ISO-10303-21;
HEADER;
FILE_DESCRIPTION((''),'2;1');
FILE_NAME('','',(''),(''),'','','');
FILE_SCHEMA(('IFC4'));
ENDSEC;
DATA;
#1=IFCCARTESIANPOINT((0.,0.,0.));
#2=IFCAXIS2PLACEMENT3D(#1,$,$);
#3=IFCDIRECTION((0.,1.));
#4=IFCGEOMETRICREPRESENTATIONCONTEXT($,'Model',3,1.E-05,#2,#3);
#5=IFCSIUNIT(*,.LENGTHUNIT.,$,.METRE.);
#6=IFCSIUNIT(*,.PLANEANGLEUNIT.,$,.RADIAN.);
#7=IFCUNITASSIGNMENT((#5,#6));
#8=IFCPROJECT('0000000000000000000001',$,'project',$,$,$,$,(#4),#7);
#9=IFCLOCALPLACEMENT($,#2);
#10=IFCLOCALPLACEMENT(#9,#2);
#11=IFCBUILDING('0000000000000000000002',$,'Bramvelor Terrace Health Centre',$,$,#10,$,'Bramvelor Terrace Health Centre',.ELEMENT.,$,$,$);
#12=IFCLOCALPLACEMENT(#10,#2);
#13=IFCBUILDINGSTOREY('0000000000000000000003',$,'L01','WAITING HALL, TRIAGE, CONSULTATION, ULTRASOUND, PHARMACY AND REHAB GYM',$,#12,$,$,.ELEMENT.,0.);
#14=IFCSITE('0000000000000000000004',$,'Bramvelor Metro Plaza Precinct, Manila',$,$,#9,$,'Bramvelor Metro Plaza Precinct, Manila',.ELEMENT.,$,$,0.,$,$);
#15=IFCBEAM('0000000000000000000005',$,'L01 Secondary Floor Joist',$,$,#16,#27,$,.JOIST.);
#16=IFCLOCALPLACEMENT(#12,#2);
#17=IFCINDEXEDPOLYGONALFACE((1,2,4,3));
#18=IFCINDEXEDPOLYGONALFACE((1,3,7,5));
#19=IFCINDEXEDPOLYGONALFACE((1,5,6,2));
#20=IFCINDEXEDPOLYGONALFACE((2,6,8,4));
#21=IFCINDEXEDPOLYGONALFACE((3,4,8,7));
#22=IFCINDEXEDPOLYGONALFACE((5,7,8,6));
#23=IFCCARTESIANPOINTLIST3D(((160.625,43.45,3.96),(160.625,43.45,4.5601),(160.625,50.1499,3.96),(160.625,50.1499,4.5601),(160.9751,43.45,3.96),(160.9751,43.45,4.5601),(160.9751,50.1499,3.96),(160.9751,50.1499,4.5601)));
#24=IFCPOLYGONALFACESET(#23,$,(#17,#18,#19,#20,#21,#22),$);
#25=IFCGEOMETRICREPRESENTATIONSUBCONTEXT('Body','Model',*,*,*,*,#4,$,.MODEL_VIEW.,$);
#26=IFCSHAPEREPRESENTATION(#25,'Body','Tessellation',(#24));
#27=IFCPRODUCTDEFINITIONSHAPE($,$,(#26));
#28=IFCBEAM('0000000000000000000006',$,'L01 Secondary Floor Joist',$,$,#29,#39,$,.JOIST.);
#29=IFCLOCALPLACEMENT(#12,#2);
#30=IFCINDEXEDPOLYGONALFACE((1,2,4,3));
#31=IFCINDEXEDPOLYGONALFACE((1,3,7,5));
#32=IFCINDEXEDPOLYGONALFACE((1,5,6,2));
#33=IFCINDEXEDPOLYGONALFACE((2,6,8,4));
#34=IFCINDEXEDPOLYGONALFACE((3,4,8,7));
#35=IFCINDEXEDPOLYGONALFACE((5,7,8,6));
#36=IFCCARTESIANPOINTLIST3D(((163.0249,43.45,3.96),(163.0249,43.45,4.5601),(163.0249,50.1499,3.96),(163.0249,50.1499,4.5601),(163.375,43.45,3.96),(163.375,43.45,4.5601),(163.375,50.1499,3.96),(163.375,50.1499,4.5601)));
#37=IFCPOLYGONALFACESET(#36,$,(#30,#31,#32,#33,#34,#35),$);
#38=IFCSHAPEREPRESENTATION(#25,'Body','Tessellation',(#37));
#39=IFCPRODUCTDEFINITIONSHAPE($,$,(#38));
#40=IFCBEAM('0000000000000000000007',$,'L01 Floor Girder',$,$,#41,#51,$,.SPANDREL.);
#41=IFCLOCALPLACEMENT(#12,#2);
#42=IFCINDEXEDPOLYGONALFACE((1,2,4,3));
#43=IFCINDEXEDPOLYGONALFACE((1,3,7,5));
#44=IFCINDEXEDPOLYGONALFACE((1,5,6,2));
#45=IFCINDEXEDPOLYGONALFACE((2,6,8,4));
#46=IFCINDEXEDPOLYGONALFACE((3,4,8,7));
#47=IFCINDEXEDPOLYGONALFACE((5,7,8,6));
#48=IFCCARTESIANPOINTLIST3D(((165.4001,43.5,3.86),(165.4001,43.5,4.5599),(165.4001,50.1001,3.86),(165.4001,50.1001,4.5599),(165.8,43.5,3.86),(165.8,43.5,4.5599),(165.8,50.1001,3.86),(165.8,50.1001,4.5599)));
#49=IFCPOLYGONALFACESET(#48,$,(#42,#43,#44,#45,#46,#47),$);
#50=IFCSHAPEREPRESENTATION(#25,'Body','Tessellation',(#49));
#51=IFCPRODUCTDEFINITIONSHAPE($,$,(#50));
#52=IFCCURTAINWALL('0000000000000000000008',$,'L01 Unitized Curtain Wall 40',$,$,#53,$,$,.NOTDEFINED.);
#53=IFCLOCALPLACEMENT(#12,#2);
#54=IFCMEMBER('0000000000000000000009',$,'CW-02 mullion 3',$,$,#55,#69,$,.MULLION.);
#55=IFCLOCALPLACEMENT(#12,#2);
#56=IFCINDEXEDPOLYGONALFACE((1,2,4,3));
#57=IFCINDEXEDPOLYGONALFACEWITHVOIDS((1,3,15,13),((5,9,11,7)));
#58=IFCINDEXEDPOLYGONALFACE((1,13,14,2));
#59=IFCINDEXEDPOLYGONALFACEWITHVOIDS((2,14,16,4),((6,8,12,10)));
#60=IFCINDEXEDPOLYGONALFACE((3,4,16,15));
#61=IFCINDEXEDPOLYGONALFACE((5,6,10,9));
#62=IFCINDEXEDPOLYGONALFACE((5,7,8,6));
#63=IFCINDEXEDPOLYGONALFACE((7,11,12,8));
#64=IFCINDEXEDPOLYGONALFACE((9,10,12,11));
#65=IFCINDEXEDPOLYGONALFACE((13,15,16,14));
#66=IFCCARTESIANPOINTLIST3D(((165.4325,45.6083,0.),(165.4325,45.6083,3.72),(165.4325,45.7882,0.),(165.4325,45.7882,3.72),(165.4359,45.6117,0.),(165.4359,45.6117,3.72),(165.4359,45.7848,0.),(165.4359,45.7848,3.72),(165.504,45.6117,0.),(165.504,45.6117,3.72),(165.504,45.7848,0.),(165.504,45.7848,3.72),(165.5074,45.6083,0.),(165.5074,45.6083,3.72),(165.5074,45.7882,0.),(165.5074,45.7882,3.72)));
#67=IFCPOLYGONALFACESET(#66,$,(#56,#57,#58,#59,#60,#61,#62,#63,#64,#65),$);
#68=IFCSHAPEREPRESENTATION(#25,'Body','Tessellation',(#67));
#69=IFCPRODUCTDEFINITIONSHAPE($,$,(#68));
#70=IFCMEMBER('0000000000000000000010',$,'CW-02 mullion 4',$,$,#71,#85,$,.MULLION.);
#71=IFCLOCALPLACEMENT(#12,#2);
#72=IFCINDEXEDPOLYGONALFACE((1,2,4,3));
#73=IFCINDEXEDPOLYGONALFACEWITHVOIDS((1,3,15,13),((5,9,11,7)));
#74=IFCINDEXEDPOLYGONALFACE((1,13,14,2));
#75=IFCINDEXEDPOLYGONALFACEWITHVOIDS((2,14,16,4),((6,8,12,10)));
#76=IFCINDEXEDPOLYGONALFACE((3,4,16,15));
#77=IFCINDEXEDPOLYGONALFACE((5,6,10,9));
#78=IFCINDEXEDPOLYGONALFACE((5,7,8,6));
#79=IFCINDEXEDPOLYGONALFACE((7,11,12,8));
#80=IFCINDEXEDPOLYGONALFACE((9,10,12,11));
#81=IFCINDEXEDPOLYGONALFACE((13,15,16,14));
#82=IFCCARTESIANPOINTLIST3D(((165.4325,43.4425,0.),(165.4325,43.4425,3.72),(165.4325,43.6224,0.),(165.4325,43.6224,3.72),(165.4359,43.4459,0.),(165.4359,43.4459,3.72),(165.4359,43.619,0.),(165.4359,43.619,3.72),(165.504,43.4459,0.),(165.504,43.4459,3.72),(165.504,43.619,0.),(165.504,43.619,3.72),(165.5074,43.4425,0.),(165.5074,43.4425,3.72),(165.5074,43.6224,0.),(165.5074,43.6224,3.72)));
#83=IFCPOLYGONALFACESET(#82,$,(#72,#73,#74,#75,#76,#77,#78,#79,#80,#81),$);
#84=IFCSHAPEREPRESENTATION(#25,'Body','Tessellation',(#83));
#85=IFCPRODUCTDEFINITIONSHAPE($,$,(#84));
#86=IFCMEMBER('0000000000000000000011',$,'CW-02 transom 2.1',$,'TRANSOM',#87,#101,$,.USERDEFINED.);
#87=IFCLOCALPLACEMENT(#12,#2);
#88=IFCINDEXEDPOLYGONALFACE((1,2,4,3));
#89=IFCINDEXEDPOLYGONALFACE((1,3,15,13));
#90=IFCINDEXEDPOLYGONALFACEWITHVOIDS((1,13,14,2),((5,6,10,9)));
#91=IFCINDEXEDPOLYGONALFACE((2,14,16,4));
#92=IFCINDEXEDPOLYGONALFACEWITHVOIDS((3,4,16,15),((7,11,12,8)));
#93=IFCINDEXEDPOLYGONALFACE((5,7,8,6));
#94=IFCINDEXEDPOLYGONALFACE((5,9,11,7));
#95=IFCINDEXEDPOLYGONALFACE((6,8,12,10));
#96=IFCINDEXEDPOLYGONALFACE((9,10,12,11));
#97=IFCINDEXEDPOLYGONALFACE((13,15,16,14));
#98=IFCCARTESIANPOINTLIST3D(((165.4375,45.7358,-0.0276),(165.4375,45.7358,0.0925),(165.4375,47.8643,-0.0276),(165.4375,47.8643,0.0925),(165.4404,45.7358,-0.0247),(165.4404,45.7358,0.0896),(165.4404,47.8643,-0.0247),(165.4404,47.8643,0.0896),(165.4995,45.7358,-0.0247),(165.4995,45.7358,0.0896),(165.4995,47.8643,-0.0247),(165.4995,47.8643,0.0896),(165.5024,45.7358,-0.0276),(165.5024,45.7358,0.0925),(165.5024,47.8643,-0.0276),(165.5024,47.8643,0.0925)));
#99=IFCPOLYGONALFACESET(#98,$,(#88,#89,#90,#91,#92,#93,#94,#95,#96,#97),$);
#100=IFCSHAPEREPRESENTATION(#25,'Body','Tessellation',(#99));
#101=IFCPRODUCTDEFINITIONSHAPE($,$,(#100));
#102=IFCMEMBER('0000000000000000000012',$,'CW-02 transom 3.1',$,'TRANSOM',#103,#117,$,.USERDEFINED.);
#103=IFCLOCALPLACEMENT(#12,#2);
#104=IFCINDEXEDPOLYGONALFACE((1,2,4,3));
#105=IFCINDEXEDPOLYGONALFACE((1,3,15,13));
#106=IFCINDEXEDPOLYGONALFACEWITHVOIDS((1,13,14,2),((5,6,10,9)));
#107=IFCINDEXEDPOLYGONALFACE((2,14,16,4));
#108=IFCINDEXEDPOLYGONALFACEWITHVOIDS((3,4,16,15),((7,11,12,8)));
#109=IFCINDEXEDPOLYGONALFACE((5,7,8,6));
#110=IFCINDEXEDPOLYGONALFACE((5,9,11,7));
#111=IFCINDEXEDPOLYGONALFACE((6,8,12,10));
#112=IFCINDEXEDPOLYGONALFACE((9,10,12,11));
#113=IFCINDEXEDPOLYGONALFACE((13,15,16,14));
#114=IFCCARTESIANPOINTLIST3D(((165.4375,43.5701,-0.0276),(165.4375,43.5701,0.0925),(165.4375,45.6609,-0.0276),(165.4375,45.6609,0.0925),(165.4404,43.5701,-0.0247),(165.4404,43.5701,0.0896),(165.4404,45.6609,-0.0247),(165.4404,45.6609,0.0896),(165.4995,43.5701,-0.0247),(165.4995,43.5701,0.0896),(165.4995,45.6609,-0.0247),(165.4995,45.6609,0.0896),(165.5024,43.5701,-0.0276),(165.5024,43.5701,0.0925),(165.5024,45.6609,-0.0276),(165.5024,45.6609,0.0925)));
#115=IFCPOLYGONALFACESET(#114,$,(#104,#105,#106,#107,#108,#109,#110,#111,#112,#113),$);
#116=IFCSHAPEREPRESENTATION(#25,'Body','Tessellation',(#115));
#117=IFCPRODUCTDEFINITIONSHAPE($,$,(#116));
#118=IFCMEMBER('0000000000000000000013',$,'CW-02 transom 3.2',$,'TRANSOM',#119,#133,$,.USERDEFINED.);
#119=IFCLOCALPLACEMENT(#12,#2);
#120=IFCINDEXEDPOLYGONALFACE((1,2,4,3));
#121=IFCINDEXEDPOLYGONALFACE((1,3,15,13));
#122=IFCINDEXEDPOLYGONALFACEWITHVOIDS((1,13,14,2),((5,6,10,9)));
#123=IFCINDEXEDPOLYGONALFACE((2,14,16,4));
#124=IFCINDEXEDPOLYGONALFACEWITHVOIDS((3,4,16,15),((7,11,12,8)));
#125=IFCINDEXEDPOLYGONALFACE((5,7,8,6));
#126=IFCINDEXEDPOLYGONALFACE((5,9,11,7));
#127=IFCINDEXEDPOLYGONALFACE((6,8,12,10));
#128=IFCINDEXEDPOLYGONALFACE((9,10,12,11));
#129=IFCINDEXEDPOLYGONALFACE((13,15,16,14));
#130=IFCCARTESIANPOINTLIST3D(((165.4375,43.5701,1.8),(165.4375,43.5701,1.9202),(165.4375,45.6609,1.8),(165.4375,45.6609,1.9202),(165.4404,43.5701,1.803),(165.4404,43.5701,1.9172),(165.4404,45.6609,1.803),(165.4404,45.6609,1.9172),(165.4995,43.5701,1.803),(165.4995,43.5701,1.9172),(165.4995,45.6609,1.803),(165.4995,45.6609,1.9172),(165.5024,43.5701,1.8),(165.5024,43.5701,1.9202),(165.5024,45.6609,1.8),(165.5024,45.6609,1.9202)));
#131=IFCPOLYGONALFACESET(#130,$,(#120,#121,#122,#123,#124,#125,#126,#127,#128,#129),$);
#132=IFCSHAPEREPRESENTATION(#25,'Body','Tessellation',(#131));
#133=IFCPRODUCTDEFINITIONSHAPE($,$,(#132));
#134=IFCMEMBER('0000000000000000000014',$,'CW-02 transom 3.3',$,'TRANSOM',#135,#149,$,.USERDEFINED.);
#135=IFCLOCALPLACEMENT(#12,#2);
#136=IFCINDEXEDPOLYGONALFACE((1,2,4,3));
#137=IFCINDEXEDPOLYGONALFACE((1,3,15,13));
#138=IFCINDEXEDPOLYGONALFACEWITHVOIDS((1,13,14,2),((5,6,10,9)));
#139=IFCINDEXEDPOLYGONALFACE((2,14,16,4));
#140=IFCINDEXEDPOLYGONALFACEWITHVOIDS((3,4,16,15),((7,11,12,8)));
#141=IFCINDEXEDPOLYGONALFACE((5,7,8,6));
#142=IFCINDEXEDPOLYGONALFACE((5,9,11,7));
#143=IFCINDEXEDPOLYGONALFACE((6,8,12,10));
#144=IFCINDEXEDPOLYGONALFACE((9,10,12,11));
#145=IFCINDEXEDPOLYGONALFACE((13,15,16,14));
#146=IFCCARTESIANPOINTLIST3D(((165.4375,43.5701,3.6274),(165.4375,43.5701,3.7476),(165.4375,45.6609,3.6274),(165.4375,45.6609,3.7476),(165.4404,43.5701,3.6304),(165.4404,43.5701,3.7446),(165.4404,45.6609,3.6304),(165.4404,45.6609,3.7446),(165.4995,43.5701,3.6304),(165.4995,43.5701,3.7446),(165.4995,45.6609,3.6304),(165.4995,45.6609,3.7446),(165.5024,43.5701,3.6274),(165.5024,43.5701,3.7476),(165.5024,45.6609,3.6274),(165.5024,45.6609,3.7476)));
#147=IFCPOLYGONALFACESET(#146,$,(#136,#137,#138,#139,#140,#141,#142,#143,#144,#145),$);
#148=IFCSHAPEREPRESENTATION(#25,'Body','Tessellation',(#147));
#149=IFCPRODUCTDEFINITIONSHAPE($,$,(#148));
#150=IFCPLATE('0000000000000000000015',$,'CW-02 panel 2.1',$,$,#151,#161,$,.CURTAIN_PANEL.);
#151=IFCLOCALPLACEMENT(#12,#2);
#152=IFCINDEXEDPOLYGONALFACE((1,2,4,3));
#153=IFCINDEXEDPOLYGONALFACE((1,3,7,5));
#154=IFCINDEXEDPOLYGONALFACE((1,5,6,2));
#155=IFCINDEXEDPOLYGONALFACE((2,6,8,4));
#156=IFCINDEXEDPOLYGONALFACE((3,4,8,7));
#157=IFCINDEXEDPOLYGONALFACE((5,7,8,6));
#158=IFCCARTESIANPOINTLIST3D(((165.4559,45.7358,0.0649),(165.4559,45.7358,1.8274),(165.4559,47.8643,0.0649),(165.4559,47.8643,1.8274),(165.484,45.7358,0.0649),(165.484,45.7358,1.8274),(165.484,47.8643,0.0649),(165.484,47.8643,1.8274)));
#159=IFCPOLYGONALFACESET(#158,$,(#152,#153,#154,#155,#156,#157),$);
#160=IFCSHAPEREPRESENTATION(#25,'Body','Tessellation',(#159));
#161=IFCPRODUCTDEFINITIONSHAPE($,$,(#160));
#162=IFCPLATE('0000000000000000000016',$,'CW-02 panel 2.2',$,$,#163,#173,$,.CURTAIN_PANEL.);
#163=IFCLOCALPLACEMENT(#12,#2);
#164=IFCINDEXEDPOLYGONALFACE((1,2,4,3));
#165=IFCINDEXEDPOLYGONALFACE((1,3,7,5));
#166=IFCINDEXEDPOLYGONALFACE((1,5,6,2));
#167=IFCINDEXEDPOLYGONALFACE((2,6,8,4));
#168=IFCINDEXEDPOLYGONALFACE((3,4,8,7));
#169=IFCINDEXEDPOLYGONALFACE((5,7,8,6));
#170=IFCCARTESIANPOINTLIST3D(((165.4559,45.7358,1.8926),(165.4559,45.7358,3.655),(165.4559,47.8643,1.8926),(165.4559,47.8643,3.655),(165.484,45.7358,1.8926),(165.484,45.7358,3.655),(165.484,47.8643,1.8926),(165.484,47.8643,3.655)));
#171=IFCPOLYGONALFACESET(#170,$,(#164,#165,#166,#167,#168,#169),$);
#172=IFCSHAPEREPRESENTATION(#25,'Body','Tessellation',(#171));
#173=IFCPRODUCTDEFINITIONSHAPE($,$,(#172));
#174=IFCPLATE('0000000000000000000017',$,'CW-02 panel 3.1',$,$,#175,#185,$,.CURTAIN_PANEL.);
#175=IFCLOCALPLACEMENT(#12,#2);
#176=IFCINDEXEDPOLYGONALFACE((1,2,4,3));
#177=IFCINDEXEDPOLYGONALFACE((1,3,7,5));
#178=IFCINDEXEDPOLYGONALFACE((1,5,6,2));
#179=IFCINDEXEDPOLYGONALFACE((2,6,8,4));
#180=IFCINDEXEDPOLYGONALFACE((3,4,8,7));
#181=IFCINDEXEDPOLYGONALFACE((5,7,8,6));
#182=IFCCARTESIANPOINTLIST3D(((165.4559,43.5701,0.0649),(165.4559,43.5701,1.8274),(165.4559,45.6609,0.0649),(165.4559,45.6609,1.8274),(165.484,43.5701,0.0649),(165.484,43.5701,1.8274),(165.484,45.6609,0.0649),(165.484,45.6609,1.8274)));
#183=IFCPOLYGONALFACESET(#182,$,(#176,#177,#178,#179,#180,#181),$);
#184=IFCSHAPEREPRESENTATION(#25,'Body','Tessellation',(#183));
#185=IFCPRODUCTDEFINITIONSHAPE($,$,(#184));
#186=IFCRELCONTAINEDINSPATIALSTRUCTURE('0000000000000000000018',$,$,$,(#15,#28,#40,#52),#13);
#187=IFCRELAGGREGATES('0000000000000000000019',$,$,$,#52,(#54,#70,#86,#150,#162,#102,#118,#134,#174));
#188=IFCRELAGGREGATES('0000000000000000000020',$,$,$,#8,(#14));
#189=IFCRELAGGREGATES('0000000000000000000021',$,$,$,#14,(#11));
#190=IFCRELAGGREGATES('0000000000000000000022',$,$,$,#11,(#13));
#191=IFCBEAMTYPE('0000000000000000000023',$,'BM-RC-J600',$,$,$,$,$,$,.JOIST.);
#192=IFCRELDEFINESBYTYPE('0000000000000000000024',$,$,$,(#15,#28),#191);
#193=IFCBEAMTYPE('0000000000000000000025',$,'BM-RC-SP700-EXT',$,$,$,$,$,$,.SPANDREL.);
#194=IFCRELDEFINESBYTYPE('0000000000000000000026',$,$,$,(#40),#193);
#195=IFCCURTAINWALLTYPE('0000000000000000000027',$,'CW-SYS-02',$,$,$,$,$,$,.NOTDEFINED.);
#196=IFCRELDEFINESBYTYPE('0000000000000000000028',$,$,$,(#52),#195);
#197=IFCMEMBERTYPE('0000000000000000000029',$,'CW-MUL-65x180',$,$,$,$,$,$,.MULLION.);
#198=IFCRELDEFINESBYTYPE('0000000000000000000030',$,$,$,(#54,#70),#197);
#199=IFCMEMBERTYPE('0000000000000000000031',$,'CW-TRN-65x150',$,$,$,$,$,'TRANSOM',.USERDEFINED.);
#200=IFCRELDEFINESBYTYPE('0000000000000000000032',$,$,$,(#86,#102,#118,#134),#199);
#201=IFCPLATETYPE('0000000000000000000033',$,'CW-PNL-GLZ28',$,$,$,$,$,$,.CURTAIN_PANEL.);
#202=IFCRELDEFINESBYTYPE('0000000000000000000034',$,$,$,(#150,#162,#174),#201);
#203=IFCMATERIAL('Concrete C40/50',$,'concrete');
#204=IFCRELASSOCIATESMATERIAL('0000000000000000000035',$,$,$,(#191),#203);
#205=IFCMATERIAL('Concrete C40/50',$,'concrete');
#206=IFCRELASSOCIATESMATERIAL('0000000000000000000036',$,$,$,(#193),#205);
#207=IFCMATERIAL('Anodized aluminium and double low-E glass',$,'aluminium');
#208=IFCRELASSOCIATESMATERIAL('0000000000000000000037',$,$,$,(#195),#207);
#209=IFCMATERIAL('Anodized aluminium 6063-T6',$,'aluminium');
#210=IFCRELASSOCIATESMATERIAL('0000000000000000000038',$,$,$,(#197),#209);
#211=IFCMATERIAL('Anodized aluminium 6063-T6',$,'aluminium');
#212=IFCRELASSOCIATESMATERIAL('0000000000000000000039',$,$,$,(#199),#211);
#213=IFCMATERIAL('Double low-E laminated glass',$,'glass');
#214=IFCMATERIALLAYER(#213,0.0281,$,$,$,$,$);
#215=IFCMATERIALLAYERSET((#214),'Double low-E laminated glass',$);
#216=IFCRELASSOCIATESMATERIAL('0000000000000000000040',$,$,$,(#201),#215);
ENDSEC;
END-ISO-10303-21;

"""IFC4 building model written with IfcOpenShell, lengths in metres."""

from ifc_helpers import new_model, si_unit, direction, frame, origin, origin_2d, place, context, subcontext, project, spatial, rectangle, hollow_rectangle, extrude, material, layer, layer_set, material_profile, profile_set, type_object, element, aggregate, save


model = new_model("IFC4")

# Units and contexts
model_context = context("Model", 3, precision=1e-05, world=origin(), true_north=direction((0.0, 1.0)))
body_context = subcontext(model_context, "Body", "Model", "MODEL_VIEW")
ifc_project = project(units=[si_unit("LENGTHUNIT", "METRE"), si_unit("PLANEANGLEUNIT", "RADIAN")], contexts=[model_context])

# Site, building, storey
site_placement = place(None, origin())
site = spatial("IfcSite", under=ifc_project, at=site_placement, Name="Bramvelor Metro Plaza Precinct, Manila", LongName="Bramvelor Metro Plaza Precinct, Manila", CompositionType="ELEMENT", RefElevation=0.0)
building_placement = place(site_placement, origin())
building = spatial("IfcBuilding", under=site, at=building_placement, Name="Bramvelor Terrace Health Centre", LongName="Bramvelor Terrace Health Centre", CompositionType="ELEMENT")
storey_placement = place(building_placement, origin())
storey = spatial("IfcBuildingStorey", under=building, at=storey_placement, Name="L01", Description="WAITING HALL, TRIAGE, CONSULTATION, ULTRASOUND, PHARMACY AND REHAB GYM", CompositionType="ELEMENT", Elevation=0.0)

# Beams
ifc_material_1 = material(Name="Concrete C40/50", Category="concrete")
ifc_material_profile_1 = material_profile(ifc_material_1, rectangle(XDim=0.3501, YDim=0.6001, at=origin_2d()), Name="RC 350x600")
ifc_profile_set_1 = profile_set([ifc_material_profile_1], Name="Concrete C40/50")
beam_type_1 = type_object("IfcBeamType", Name="BM-RC-J600", PredefinedType="JOIST", material=ifc_profile_set_1)
for number, where, z_axis, x_axis, name in (
    (1, (160.8, 43.45, 4.26), (0.0, 1.0, 0.0), (-1.0, 0.0, 0.0), "L01 Secondary Floor Joist"),
    (2, (163.2, 43.45, 4.26), (0.0, 1.0, 0.0), (-1.0, 0.0, 0.0), "L01 Secondary Floor Joist"),
):
    element("IfcBeam", number, at=place(storey_placement, frame(where, z_axis=z_axis, x_axis=x_axis)), inside=storey, type_object=beam_type_1, Name=name, PredefinedType="JOIST", context=body_context, shape_type="SweptSolid", body=[
        extrude(rectangle(XDim=0.3501, YDim=0.6001, at=origin_2d()), origin(), (0.0, 0.0, 1.0), 6.7),
    ])
ifc_material_2 = material(Name="Concrete C40/50", Category="concrete")
ifc_material_profile_2 = material_profile(ifc_material_2, rectangle(XDim=0.3999, YDim=0.7, at=origin_2d()), Name="RC 400x700")
ifc_profile_set_2 = profile_set([ifc_material_profile_2], Name="Concrete C40/50")
beam_type_2 = type_object("IfcBeamType", Name="BM-RC-SP700-EXT", PredefinedType="SPANDREL", material=ifc_profile_set_2)
beam_1_placement = place(storey_placement, frame((165.6001, 43.5, 4.21), z_axis=(0.0, 1.0, 0.0), x_axis=(-1.0, 0.0, 0.0)))
element("IfcBeam", 3, at=beam_1_placement, inside=storey, type_object=beam_type_2, Name="L01 Floor Girder", PredefinedType="SPANDREL", context=body_context, shape_type="SweptSolid", body=[
    extrude(rectangle(XDim=0.3999, YDim=0.7, at=origin_2d()), origin(), (0.0, 0.0, 1.0), 6.6001),
])

# Curtain wall, members, plates
ifc_material_3 = material(Name="Anodized aluminium and double low-E glass", Category="aluminium")
curtain_wall_type = type_object("IfcCurtainWallType", Name="CW-SYS-02", PredefinedType="NOTDEFINED", material=ifc_material_3)
curtain_wall_placement = place(storey_placement, origin())
curtain_wall = element("IfcCurtainWall", 4, at=curtain_wall_placement, inside=storey, type_object=curtain_wall_type, Name="L01 Unitized Curtain Wall 40", PredefinedType="NOTDEFINED")
ifc_material_4 = material(Name="Anodized aluminium 6063-T6", Category="aluminium")
ifc_material_profile_3 = material_profile(ifc_material_4, hollow_rectangle(XDim=0.075, YDim=0.1799, WallThickness=0.0034, at=origin_2d()), Name="ALU-MUL 75x180x3.5")
ifc_profile_set_3 = profile_set([ifc_material_profile_3], Name="Anodized aluminium 6063-T6")
member_type_1 = type_object("IfcMemberType", Name="CW-MUL-65x180", PredefinedType="MULLION", material=ifc_profile_set_3)
member_1_placement = place(storey_placement, frame((165.47, 45.6982, 0.0), z_axis=(0.0, 0.0, 1.0), x_axis=(1.0, 0.0, 0.0)))
member_1 = element("IfcMember", 5, at=member_1_placement, type_object=member_type_1, Name="CW-02 mullion 3", PredefinedType="MULLION", context=body_context, shape_type="SweptSolid", body=[
    extrude(hollow_rectangle(XDim=0.075, YDim=0.1799, WallThickness=0.0034, at=origin_2d()), origin(), (0.0, 0.0, 1.0), 3.72),
])
member_2_placement = place(storey_placement, frame((165.47, 43.5325, 0.0), z_axis=(0.0, 0.0, 1.0), x_axis=(1.0, 0.0, 0.0)))
member_2 = element("IfcMember", 6, at=member_2_placement, type_object=member_type_1, Name="CW-02 mullion 4", PredefinedType="MULLION", context=body_context, shape_type="SweptSolid", body=[
    extrude(hollow_rectangle(XDim=0.075, YDim=0.1799, WallThickness=0.0034, at=origin_2d()), origin(), (0.0, 0.0, 1.0), 3.72),
])
ifc_material_5 = material(Name="Anodized aluminium 6063-T6", Category="aluminium")
ifc_material_profile_4 = material_profile(ifc_material_5, hollow_rectangle(XDim=0.0649, YDim=0.1201, WallThickness=0.0029, at=origin_2d()), Name="ALU-TRN 65x120x3.0")
ifc_profile_set_4 = profile_set([ifc_material_profile_4], Name="Anodized aluminium 6063-T6")
member_type_2 = type_object("IfcMemberType", Name="CW-TRN-65x150", ElementType="TRANSOM", PredefinedType="USERDEFINED", material=ifc_profile_set_4)
member_3_placement = place(storey_placement, frame((165.47, 47.8643, 0.0325), z_axis=(0.0, -1.0, 0.0), x_axis=(1.0, 0.0, 0.0)))
member_3 = element("IfcMember", 7, at=member_3_placement, type_object=member_type_2, Name="CW-02 transom 2.1", ObjectType="TRANSOM", PredefinedType="USERDEFINED", context=body_context, shape_type="SweptSolid", body=[
    extrude(hollow_rectangle(XDim=0.0649, YDim=0.1201, WallThickness=0.0029, at=origin_2d()), origin(), (0.0, 0.0, 1.0), 2.1284),
])
member_4_placement = place(storey_placement, frame((165.47, 45.6609, 0.0325), z_axis=(0.0, -1.0, 0.0), x_axis=(1.0, 0.0, 0.0)))
member_4 = element("IfcMember", 8, at=member_4_placement, type_object=member_type_2, Name="CW-02 transom 3.1", ObjectType="TRANSOM", PredefinedType="USERDEFINED", context=body_context, shape_type="SweptSolid", body=[
    extrude(hollow_rectangle(XDim=0.0649, YDim=0.1201, WallThickness=0.0029, at=origin_2d()), origin(), (0.0, 0.0, 1.0), 2.0908),
])
member_5_placement = place(storey_placement, frame((165.47, 45.6609, 1.8601), z_axis=(0.0, -1.0, 0.0), x_axis=(1.0, 0.0, 0.0)))
member_5 = element("IfcMember", 9, at=member_5_placement, type_object=member_type_2, Name="CW-02 transom 3.2", ObjectType="TRANSOM", PredefinedType="USERDEFINED", context=body_context, shape_type="SweptSolid", body=[
    extrude(hollow_rectangle(XDim=0.0649, YDim=0.1201, WallThickness=0.0029, at=origin_2d()), origin(), (0.0, 0.0, 1.0), 2.0908),
])
member_6_placement = place(storey_placement, frame((165.47, 45.6609, 3.6875), z_axis=(0.0, -1.0, 0.0), x_axis=(1.0, 0.0, 0.0)))
member_6 = element("IfcMember", 10, at=member_6_placement, type_object=member_type_2, Name="CW-02 transom 3.3", ObjectType="TRANSOM", PredefinedType="USERDEFINED", context=body_context, shape_type="SweptSolid", body=[
    extrude(hollow_rectangle(XDim=0.0649, YDim=0.1201, WallThickness=0.0029, at=origin_2d()), origin(), (0.0, 0.0, 1.0), 2.0908),
])
ifc_material_6 = material(Name="Double low-E laminated glass", Category="glass")
ifc_layer_1 = layer(ifc_material_6, 0.0281)
ifc_layer_set_1 = layer_set([ifc_layer_1], Name="Double low-E laminated glass")
plate_type = type_object("IfcPlateType", Name="CW-PNL-GLZ28", PredefinedType="CURTAIN_PANEL", material=ifc_layer_set_1)
plate_1_placement = place(storey_placement, frame((165.47, 46.8, 0.0649), z_axis=(0.0, 0.0, 1.0), x_axis=(0.0, -1.0, 0.0)))
plate_1 = element("IfcPlate", 11, at=plate_1_placement, type_object=plate_type, Name="CW-02 panel 2.1", PredefinedType="CURTAIN_PANEL", context=body_context, shape_type="SweptSolid", body=[
    extrude(rectangle(XDim=2.1284, YDim=0.0281, at=origin_2d()), origin(), (0.0, 0.0, 1.0), 1.7625),
])
plate_2_placement = place(storey_placement, frame((165.47, 46.8, 1.8926), z_axis=(0.0, 0.0, 1.0), x_axis=(0.0, -1.0, 0.0)))
plate_2 = element("IfcPlate", 12, at=plate_2_placement, type_object=plate_type, Name="CW-02 panel 2.2", PredefinedType="CURTAIN_PANEL", context=body_context, shape_type="SweptSolid", body=[
    extrude(rectangle(XDim=2.1284, YDim=0.0281, at=origin_2d()), origin(), (0.0, 0.0, 1.0), 1.7625),
])
plate_3_placement = place(storey_placement, frame((165.47, 44.6155, 0.0649), z_axis=(0.0, 0.0, 1.0), x_axis=(0.0, -1.0, 0.0)))
plate_3 = element("IfcPlate", 13, at=plate_3_placement, type_object=plate_type, Name="CW-02 panel 3.1", PredefinedType="CURTAIN_PANEL", context=body_context, shape_type="SweptSolid", body=[
    extrude(rectangle(XDim=2.0908, YDim=0.0281, at=origin_2d()), origin(), (0.0, 0.0, 1.0), 1.7625),
])
aggregate(curtain_wall, [member_1, member_2, member_3, plate_1, plate_2, member_4, member_5, member_6, plate_3])

save(model, "model.ifc")
